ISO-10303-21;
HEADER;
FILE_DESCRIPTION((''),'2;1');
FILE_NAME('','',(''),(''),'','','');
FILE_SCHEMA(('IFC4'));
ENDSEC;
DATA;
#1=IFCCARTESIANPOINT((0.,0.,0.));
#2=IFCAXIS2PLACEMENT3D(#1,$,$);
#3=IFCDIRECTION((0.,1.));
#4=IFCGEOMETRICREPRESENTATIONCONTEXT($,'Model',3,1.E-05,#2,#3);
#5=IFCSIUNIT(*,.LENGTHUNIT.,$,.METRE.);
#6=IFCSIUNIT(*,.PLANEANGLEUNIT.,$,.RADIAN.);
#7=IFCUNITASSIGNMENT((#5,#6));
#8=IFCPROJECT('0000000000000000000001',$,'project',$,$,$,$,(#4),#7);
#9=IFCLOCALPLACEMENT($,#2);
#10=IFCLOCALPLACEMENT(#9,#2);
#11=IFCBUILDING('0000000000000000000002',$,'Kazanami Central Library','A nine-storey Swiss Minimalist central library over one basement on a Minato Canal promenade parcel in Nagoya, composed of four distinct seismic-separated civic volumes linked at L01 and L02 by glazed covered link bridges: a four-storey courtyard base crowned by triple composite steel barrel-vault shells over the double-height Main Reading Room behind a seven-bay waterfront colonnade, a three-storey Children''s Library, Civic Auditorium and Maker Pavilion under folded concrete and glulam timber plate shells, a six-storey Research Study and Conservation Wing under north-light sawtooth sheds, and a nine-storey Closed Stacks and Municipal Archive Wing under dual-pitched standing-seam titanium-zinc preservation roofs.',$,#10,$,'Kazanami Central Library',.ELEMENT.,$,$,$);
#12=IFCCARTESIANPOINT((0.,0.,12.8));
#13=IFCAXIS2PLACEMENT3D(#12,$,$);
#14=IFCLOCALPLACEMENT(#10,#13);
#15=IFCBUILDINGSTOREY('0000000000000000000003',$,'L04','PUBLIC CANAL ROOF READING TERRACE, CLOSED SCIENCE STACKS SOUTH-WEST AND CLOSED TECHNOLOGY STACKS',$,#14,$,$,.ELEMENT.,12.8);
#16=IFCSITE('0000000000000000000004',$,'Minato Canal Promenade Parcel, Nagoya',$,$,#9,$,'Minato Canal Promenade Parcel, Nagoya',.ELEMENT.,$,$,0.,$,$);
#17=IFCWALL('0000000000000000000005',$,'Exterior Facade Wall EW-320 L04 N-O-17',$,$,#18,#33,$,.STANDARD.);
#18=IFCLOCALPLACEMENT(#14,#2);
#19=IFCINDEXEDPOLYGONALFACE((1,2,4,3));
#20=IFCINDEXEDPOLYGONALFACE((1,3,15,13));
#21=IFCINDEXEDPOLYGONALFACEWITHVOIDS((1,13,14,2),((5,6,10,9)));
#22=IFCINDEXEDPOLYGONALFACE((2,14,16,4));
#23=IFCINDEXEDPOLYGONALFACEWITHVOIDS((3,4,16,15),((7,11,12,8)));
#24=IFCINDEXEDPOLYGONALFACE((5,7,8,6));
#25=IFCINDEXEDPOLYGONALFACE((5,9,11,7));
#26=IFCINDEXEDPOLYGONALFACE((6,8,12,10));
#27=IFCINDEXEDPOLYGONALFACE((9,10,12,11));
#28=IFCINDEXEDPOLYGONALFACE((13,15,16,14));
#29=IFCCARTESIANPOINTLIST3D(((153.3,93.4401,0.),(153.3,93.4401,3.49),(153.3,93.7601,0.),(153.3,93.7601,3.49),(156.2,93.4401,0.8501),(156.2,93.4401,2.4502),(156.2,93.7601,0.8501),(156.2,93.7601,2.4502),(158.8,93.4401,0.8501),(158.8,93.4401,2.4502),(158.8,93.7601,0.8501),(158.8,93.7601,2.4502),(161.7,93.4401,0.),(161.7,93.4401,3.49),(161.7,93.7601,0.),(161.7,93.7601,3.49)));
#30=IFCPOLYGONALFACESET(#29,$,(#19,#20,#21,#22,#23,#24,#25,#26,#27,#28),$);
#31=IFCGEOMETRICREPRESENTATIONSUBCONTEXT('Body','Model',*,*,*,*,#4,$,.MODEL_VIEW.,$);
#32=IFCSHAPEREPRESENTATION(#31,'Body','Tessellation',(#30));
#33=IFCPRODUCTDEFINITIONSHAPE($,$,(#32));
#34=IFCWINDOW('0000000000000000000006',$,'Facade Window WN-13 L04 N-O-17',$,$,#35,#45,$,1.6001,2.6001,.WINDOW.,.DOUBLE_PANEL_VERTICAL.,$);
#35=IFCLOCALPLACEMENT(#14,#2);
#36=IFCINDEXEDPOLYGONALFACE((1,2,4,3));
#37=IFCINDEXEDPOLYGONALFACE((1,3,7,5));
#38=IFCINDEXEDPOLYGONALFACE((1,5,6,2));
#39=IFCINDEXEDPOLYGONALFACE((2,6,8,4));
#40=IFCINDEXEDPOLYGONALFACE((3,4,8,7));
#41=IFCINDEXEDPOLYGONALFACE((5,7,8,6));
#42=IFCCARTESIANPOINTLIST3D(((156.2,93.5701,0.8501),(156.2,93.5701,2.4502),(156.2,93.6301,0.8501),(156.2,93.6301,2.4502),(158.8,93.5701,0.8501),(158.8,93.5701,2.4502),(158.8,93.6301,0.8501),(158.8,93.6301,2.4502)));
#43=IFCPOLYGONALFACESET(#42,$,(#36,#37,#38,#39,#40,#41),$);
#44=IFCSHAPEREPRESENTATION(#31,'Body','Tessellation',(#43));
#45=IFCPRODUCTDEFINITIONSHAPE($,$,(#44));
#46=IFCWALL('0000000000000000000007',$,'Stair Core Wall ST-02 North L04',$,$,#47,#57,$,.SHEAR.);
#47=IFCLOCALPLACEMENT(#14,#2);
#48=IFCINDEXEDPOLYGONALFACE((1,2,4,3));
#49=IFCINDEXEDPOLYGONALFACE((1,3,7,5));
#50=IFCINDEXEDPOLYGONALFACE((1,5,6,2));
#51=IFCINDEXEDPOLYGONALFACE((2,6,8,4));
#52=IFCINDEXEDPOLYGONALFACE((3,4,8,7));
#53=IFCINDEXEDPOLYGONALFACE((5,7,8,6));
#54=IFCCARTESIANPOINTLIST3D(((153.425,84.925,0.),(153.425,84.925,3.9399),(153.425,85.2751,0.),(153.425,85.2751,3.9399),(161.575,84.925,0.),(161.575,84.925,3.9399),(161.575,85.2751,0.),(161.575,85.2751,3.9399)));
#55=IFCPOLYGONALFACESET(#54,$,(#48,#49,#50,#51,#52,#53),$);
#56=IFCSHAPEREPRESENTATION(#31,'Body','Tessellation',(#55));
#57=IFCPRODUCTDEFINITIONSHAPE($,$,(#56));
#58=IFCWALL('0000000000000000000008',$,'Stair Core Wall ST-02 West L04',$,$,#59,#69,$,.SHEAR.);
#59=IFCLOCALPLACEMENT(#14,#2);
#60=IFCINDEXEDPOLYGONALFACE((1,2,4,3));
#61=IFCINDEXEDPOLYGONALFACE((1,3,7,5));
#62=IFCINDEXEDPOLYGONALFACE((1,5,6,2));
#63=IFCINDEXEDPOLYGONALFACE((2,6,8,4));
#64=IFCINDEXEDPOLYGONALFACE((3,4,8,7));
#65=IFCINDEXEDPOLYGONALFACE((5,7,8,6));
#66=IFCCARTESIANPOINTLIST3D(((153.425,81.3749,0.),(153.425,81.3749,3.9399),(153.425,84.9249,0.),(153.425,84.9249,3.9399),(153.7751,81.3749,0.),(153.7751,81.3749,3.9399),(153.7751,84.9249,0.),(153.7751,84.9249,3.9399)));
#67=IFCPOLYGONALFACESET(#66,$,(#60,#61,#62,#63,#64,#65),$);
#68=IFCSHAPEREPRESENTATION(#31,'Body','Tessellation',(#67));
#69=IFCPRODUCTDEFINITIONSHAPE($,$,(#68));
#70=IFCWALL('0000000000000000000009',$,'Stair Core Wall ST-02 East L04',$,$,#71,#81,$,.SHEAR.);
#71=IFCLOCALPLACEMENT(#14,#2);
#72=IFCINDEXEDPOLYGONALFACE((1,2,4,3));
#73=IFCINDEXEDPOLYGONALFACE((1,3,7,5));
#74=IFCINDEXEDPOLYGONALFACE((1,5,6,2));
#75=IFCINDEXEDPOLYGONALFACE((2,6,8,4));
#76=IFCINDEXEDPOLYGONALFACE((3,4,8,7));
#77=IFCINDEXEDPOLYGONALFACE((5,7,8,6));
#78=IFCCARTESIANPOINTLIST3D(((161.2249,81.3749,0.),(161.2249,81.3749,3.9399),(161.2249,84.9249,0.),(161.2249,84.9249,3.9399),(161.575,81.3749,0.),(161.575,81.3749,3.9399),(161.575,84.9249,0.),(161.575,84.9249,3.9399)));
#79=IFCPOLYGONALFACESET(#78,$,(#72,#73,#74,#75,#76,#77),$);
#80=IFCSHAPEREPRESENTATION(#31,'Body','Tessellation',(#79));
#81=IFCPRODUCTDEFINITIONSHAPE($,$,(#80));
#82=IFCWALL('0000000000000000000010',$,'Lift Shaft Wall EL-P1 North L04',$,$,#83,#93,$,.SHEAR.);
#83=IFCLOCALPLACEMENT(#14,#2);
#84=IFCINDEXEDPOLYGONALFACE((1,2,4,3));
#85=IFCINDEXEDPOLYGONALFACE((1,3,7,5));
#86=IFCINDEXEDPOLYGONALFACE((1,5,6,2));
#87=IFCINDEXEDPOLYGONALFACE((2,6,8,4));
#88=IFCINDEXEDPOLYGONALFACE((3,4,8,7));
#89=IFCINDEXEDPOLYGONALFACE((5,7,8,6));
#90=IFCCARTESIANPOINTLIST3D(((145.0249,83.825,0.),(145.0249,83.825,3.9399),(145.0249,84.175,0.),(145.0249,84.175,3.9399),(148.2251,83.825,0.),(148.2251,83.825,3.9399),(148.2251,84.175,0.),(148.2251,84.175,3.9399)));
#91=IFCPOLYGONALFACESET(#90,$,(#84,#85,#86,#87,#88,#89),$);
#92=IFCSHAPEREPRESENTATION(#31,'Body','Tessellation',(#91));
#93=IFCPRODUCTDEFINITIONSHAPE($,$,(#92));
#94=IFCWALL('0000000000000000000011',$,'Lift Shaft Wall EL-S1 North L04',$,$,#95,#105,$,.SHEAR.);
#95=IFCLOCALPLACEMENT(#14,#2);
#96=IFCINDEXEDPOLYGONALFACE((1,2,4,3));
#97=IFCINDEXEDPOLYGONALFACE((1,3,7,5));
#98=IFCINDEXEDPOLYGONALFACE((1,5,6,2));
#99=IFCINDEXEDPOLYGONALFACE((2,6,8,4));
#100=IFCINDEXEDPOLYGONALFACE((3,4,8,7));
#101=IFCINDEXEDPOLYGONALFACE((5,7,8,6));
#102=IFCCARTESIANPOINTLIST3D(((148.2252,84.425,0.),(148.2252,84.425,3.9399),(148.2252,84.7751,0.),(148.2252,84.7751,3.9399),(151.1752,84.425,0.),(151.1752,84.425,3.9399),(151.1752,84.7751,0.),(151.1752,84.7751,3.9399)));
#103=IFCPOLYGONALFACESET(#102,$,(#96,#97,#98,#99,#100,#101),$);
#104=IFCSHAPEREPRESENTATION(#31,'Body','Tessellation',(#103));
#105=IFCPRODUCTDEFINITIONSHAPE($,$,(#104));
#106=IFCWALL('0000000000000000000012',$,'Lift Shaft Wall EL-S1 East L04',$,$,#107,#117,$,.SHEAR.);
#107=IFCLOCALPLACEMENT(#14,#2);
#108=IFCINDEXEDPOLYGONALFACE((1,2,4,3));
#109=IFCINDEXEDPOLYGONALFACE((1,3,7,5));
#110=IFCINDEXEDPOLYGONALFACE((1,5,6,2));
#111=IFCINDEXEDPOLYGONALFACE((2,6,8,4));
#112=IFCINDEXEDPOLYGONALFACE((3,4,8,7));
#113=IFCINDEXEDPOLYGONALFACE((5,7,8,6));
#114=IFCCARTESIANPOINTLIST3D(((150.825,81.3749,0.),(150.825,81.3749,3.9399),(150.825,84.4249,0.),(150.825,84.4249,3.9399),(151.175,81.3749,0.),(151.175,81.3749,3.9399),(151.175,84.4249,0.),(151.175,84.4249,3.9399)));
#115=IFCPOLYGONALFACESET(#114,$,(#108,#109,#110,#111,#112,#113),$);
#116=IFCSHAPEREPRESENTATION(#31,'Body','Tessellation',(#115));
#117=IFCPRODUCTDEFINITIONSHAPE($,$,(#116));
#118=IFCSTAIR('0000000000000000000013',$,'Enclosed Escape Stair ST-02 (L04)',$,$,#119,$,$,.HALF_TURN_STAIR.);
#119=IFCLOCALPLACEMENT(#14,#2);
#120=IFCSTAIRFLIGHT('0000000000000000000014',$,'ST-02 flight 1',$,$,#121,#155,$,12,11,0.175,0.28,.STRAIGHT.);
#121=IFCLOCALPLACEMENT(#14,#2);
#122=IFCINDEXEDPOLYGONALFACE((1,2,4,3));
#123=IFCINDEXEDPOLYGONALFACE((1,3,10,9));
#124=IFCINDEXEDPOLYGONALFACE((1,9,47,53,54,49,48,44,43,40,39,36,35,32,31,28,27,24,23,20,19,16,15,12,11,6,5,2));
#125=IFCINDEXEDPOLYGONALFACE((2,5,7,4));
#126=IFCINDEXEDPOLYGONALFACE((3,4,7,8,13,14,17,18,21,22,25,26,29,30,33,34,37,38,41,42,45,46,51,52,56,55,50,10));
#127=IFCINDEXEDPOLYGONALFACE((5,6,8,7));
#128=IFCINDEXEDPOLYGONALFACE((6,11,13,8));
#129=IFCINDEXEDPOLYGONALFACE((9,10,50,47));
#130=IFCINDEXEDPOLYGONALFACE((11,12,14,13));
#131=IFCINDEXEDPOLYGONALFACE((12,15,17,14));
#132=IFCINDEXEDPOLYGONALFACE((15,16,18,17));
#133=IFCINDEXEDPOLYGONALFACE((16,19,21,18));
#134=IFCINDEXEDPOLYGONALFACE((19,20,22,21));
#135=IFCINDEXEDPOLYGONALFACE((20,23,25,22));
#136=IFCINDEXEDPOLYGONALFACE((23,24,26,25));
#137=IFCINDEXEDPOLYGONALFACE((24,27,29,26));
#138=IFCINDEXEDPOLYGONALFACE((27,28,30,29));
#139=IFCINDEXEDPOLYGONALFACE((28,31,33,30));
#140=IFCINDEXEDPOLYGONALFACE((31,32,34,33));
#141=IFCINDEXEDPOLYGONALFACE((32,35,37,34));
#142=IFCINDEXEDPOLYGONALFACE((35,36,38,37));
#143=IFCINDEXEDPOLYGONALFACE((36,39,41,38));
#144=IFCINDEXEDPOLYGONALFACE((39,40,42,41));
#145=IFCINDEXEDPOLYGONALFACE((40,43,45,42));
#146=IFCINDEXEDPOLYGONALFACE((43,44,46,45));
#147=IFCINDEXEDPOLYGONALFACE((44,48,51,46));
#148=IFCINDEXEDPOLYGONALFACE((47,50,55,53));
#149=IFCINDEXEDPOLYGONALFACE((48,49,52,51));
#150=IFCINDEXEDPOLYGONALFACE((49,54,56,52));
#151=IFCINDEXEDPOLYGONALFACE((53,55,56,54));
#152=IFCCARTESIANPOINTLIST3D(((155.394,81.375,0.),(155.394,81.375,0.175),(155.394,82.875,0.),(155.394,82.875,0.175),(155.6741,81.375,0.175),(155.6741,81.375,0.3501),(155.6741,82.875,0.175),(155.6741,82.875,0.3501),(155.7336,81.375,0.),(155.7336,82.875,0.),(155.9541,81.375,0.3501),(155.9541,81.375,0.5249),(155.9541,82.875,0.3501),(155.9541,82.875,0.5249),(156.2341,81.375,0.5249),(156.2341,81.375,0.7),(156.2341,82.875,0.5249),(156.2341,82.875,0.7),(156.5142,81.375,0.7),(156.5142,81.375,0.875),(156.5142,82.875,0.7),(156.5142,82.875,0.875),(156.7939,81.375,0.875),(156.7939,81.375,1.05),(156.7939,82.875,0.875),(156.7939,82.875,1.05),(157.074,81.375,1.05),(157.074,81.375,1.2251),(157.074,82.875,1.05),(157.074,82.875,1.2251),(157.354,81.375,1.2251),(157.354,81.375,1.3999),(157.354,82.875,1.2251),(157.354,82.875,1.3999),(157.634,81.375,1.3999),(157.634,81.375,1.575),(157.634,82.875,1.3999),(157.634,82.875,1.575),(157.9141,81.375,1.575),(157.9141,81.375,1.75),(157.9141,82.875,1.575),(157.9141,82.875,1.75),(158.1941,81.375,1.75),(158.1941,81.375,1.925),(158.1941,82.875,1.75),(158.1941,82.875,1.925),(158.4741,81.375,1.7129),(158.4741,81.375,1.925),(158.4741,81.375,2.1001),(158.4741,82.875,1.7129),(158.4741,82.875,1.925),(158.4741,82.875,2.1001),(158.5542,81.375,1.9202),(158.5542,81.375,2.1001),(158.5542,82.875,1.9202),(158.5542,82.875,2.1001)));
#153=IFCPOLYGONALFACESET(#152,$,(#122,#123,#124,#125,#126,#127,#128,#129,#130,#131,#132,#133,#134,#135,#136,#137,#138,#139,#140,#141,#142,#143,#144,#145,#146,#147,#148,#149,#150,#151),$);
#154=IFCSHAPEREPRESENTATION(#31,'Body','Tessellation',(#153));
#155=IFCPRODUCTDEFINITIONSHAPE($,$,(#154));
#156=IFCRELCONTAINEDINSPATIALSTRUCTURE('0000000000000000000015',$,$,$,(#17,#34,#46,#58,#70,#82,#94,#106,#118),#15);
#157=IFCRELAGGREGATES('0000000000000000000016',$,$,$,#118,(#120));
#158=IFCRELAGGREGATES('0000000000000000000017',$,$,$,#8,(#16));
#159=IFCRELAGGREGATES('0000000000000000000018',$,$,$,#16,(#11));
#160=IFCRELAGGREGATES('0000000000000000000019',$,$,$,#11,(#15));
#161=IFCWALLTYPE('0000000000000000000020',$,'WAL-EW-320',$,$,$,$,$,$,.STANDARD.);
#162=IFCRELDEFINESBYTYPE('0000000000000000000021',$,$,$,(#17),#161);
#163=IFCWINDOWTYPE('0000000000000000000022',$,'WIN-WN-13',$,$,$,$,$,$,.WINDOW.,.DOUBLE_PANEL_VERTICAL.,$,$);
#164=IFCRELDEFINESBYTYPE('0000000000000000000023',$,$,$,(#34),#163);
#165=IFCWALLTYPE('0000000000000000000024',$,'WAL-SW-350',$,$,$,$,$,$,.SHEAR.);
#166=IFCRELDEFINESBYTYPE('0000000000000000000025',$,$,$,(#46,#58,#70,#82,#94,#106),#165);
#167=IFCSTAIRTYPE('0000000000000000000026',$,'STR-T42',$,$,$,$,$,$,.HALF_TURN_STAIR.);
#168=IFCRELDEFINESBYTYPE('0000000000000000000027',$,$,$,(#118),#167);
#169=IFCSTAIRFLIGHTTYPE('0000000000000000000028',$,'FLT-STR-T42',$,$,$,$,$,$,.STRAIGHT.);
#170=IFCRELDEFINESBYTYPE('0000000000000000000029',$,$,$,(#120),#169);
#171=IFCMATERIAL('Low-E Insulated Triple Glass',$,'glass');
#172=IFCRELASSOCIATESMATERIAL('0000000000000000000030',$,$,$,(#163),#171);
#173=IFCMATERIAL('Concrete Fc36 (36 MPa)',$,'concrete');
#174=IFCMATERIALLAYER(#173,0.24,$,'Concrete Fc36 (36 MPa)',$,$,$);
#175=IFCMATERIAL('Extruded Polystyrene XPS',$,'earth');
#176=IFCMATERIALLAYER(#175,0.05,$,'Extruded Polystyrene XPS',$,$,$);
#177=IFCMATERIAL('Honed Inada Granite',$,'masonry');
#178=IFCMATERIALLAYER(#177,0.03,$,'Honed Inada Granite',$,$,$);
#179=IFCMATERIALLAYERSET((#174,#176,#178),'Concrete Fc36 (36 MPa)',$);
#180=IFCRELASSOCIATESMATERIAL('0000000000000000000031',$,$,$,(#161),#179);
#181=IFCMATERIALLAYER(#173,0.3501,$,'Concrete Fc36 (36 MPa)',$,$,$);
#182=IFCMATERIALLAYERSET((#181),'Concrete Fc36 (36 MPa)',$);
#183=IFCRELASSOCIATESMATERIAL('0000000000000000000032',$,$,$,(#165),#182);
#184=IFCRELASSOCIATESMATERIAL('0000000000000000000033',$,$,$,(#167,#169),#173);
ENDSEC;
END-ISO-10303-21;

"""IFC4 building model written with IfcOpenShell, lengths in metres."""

from ifc_helpers import new_model, si_unit, direction, frame, frame_2d, origin, place, context, subcontext, project, spatial, polyline, rectangle, outline, extrude, material, layer, layer_set, type_object, element, fill, aggregate, save


model = new_model("IFC4")

# Units and contexts
model_context = context("Model", 3, precision=1e-05, world=origin(), true_north=direction((0.0, 1.0)))
body_context = subcontext(model_context, "Body", "Model", "MODEL_VIEW")
ifc_project = project(units=[si_unit("LENGTHUNIT", "METRE"), si_unit("PLANEANGLEUNIT", "RADIAN")], contexts=[model_context])

# Site, building, storey
site_placement = place(None, origin())
site = spatial("IfcSite", under=ifc_project, at=site_placement, Name="Minato Canal Promenade Parcel, Nagoya", LongName="Minato Canal Promenade Parcel, Nagoya", CompositionType="ELEMENT", RefElevation=0.0)
building_placement = place(site_placement, origin())
building = spatial("IfcBuilding", under=site, at=building_placement, Name="Kazanami Central Library", Description="A nine-storey Swiss Minimalist central library over one basement on a Minato Canal promenade parcel in Nagoya, composed of four distinct seismic-separated civic volumes linked at L01 and L02 by glazed covered link bridges: a four-storey courtyard base crowned by triple composite steel barrel-vault shells over the double-height Main Reading Room behind a seven-bay waterfront colonnade, a three-storey Children's Library, Civic Auditorium and Maker Pavilion under folded concrete and glulam timber plate shells, a six-storey Research Study and Conservation Wing under north-light sawtooth sheds, and a nine-storey Closed Stacks and Municipal Archive Wing under dual-pitched standing-seam titanium-zinc preservation roofs.", LongName="Kazanami Central Library", CompositionType="ELEMENT")
storey_placement = place(building_placement, frame((0.0, 0.0, 12.8)))
storey = spatial("IfcBuildingStorey", under=building, at=storey_placement, Name="L04", Description="PUBLIC CANAL ROOF READING TERRACE, CLOSED SCIENCE STACKS SOUTH-WEST AND CLOSED TECHNOLOGY STACKS", CompositionType="ELEMENT", Elevation=12.8)

# Shared definitions
ifc_material_1 = material(Name="Concrete Fc36 (36 MPa)", Category="concrete")
ifc_material_2 = material(Name="Extruded Polystyrene XPS", Category="earth")
ifc_material_3 = material(Name="Honed Inada Granite", Category="masonry")

# Wall, opening, window
ifc_material_4 = material(Name="Low-E Insulated Triple Glass", Category="glass")
window_type = type_object("IfcWindowType", Name="WIN-WN-13", PartitioningType="DOUBLE_PANEL_VERTICAL", PredefinedType="WINDOW", material=ifc_material_4)
ifc_layer_1 = layer(ifc_material_1, 0.24, Name="Concrete Fc36 (36 MPa)")
ifc_layer_2 = layer(ifc_material_2, 0.05, Name="Extruded Polystyrene XPS")
ifc_layer_3 = layer(ifc_material_3, 0.03, Name="Honed Inada Granite")
ifc_layer_set_1 = layer_set([ifc_layer_1, ifc_layer_2, ifc_layer_3], Name="Concrete Fc36 (36 MPa)")
wall_type_1 = type_object("IfcWallType", Name="WAL-EW-320", PredefinedType="STANDARD", material=ifc_layer_set_1)
wall_1_placement = place(storey_placement, frame((161.7, 93.6001, 0.0), z_axis=(0.0, 0.0, 1.0), x_axis=(-1.0, 0.0, 0.0)))
wall_1 = element("IfcWall", 1, at=wall_1_placement, inside=storey, type_object=wall_type_1, Name="Exterior Facade Wall EW-320 L04 N-O-17", PredefinedType="STANDARD", context=body_context, shape_type="SweptSolid", body=[
    extrude(rectangle(XDim=8.3999, YDim=0.3201, at=frame_2d((4.2, 0.0))), origin(), (0.0, 0.0, 1.0), 3.49),
])
opening_1_placement = place(wall_1_placement, frame((2.8999, 0.0, 0.8501)))
opening_1 = element("IfcOpeningElement", 2, at=opening_1_placement, cuts=wall_1, PredefinedType="OPENING", context=body_context, shape_type="SweptSolid", body=[
    extrude(rectangle(XDim=2.6001, YDim=1.6001, at=frame_2d((1.3, 0.8))), frame((0.0, 0.1719, 0.0), z_axis=(0.0, -1.0, 0.0), x_axis=(1.0, 0.0, 0.0)), (0.0, 0.0, 1.0), 0.344),
])
window_1_placement = place(opening_1_placement, origin())
window_1 = element("IfcWindow", 3, at=window_1_placement, inside=storey, type_object=window_type, Name="Facade Window WN-13 L04 N-O-17", OverallHeight=1.6001, OverallWidth=2.6001, PartitioningType="DOUBLE_PANEL_VERTICAL", PredefinedType="WINDOW", context=body_context, shape_type="SweptSolid", body=[
    extrude(rectangle(XDim=2.6001, YDim=1.6001, at=frame_2d((1.3, 0.8))), frame((0.0, 0.03, 0.0), z_axis=(0.0, -1.0, 0.0), x_axis=(1.0, 0.0, 0.0)), (0.0, 0.0, 1.0), 0.0601),
])
fill(opening_1, window_1)

# Walls
ifc_layer_4 = layer(ifc_material_1, 0.3501, Name="Concrete Fc36 (36 MPa)")
ifc_layer_set_2 = layer_set([ifc_layer_4], Name="Concrete Fc36 (36 MPa)")
wall_type_2 = type_object("IfcWallType", Name="WAL-SW-350", PredefinedType="SHEAR", material=ifc_layer_set_2)
wall_2_placement = place(storey_placement, frame((153.425, 85.1001, 0.0), z_axis=(0.0, 0.0, 1.0), x_axis=(1.0, 0.0, 0.0)))
element("IfcWall", 4, at=wall_2_placement, inside=storey, type_object=wall_type_2, Name="Stair Core Wall ST-02 North L04", PredefinedType="SHEAR", context=body_context, shape_type="SweptSolid", body=[
    extrude(rectangle(XDim=8.1499, YDim=0.3501, at=frame_2d((4.075, 0.0))), origin(), (0.0, 0.0, 1.0), 3.9399),
])
for number, where, z_axis, x_axis, name in (
    (5, (153.6001, 81.375, 0.0), (0.0, 0.0, 1.0), (0.0, 1.0, 0.0), "Stair Core Wall ST-02 West L04"),
    (6, (161.3999, 81.375, 0.0), (0.0, 0.0, 1.0), (0.0, 1.0, 0.0), "Stair Core Wall ST-02 East L04"),
):
    element("IfcWall", number, at=place(storey_placement, frame(where, z_axis=z_axis, x_axis=x_axis)), inside=storey, type_object=wall_type_2, Name=name, PredefinedType="SHEAR", context=body_context, shape_type="SweptSolid", body=[
        extrude(rectangle(XDim=3.55, YDim=0.3501, at=frame_2d((1.7749, 0.0))), origin(), (0.0, 0.0, 1.0), 3.9399),
    ])
wall_3_placement = place(storey_placement, frame((145.0249, 84.0, 0.0), z_axis=(0.0, 0.0, 1.0), x_axis=(1.0, 0.0, 0.0)))
element("IfcWall", 7, at=wall_3_placement, inside=storey, type_object=wall_type_2, Name="Lift Shaft Wall EL-P1 North L04", PredefinedType="SHEAR", context=body_context, shape_type="SweptSolid", body=[
    extrude(rectangle(XDim=3.2002, YDim=0.3501, at=frame_2d((1.6001, 0.0))), origin(), (0.0, 0.0, 1.0), 3.9399),
])
wall_4_placement = place(storey_placement, frame((148.2251, 84.6001, 0.0), z_axis=(0.0, 0.0, 1.0), x_axis=(1.0, 0.0, 0.0)))
element("IfcWall", 8, at=wall_4_placement, inside=storey, type_object=wall_type_2, Name="Lift Shaft Wall EL-S1 North L04", PredefinedType="SHEAR", context=body_context, shape_type="SweptSolid", body=[
    extrude(rectangle(XDim=2.95, YDim=0.3501, at=frame_2d((1.4751, 0.0))), origin(), (0.0, 0.0, 1.0), 3.9399),
])
wall_5_placement = place(storey_placement, frame((151.0, 81.375, 0.0), z_axis=(0.0, 0.0, 1.0), x_axis=(0.0, 1.0, 0.0)))
element("IfcWall", 9, at=wall_5_placement, inside=storey, type_object=wall_type_2, Name="Lift Shaft Wall EL-S1 East L04", PredefinedType="SHEAR", context=body_context, shape_type="SweptSolid", body=[
    extrude(rectangle(XDim=3.05, YDim=0.3501, at=frame_2d((1.5249, 0.0))), origin(), (0.0, 0.0, 1.0), 3.9399),
])

# Stair, stair flight
stair_type = type_object("IfcStairType", Name="STR-T42", PredefinedType="HALF_TURN_STAIR", material=ifc_material_1)
stair_placement = place(storey_placement, origin())
stair = element("IfcStair", 10, at=stair_placement, inside=storey, type_object=stair_type, Name="Enclosed Escape Stair ST-02 (L04)", PredefinedType="HALF_TURN_STAIR")
stair_flight_type = type_object("IfcStairFlightType", Name="FLT-STR-T42", PredefinedType="STRAIGHT", material=ifc_material_1)
stair_flight_1_placement = place(storey_placement, frame((155.394, 82.125, 0.0), z_axis=(0.0, 0.0, 1.0), x_axis=(1.0, 0.0, 0.0)))
stair_flight_1 = element("IfcStairFlight", 11, at=stair_flight_1_placement, type_object=stair_flight_type, Name="ST-02 flight 1", NumberOfRisers=12, NumberOfTreads=11, PredefinedType="STRAIGHT", RiserHeight=0.175, TreadLength=0.28, context=body_context, shape_type="SweptSolid", body=[
    extrude(outline(polyline([(0.0, 0.0), (0.0, 0.175), (0.28, 0.175), (0.28, 0.3501), (0.5601, 0.3501), (0.5601, 0.5249), (0.8401, 0.5249), (0.8401, 0.7), (1.1201, 0.7), (1.1201, 0.875), (1.3999, 0.875), (1.3999, 1.05), (1.6799, 1.05), (1.6799, 1.2251), (1.96, 1.2251), (1.96, 1.3999), (2.24, 1.3999), (2.24, 1.575), (2.52, 1.575), (2.52, 1.75), (2.8, 1.75), (2.8, 1.925), (3.0801, 1.925), (3.0801, 2.1001), (3.1602, 2.1001), (3.1602, 1.9202), (3.0801, 1.7129), (0.3396, 0.0), (0.0, 0.0)])), frame((0.0, 0.75, 0.0), z_axis=(0.0, -1.0, 0.0), x_axis=(1.0, 0.0, 0.0)), (0.0, 0.0, 1.0), 1.5),
])
aggregate(stair, [stair_flight_1])

save(model, "model.ifc")
